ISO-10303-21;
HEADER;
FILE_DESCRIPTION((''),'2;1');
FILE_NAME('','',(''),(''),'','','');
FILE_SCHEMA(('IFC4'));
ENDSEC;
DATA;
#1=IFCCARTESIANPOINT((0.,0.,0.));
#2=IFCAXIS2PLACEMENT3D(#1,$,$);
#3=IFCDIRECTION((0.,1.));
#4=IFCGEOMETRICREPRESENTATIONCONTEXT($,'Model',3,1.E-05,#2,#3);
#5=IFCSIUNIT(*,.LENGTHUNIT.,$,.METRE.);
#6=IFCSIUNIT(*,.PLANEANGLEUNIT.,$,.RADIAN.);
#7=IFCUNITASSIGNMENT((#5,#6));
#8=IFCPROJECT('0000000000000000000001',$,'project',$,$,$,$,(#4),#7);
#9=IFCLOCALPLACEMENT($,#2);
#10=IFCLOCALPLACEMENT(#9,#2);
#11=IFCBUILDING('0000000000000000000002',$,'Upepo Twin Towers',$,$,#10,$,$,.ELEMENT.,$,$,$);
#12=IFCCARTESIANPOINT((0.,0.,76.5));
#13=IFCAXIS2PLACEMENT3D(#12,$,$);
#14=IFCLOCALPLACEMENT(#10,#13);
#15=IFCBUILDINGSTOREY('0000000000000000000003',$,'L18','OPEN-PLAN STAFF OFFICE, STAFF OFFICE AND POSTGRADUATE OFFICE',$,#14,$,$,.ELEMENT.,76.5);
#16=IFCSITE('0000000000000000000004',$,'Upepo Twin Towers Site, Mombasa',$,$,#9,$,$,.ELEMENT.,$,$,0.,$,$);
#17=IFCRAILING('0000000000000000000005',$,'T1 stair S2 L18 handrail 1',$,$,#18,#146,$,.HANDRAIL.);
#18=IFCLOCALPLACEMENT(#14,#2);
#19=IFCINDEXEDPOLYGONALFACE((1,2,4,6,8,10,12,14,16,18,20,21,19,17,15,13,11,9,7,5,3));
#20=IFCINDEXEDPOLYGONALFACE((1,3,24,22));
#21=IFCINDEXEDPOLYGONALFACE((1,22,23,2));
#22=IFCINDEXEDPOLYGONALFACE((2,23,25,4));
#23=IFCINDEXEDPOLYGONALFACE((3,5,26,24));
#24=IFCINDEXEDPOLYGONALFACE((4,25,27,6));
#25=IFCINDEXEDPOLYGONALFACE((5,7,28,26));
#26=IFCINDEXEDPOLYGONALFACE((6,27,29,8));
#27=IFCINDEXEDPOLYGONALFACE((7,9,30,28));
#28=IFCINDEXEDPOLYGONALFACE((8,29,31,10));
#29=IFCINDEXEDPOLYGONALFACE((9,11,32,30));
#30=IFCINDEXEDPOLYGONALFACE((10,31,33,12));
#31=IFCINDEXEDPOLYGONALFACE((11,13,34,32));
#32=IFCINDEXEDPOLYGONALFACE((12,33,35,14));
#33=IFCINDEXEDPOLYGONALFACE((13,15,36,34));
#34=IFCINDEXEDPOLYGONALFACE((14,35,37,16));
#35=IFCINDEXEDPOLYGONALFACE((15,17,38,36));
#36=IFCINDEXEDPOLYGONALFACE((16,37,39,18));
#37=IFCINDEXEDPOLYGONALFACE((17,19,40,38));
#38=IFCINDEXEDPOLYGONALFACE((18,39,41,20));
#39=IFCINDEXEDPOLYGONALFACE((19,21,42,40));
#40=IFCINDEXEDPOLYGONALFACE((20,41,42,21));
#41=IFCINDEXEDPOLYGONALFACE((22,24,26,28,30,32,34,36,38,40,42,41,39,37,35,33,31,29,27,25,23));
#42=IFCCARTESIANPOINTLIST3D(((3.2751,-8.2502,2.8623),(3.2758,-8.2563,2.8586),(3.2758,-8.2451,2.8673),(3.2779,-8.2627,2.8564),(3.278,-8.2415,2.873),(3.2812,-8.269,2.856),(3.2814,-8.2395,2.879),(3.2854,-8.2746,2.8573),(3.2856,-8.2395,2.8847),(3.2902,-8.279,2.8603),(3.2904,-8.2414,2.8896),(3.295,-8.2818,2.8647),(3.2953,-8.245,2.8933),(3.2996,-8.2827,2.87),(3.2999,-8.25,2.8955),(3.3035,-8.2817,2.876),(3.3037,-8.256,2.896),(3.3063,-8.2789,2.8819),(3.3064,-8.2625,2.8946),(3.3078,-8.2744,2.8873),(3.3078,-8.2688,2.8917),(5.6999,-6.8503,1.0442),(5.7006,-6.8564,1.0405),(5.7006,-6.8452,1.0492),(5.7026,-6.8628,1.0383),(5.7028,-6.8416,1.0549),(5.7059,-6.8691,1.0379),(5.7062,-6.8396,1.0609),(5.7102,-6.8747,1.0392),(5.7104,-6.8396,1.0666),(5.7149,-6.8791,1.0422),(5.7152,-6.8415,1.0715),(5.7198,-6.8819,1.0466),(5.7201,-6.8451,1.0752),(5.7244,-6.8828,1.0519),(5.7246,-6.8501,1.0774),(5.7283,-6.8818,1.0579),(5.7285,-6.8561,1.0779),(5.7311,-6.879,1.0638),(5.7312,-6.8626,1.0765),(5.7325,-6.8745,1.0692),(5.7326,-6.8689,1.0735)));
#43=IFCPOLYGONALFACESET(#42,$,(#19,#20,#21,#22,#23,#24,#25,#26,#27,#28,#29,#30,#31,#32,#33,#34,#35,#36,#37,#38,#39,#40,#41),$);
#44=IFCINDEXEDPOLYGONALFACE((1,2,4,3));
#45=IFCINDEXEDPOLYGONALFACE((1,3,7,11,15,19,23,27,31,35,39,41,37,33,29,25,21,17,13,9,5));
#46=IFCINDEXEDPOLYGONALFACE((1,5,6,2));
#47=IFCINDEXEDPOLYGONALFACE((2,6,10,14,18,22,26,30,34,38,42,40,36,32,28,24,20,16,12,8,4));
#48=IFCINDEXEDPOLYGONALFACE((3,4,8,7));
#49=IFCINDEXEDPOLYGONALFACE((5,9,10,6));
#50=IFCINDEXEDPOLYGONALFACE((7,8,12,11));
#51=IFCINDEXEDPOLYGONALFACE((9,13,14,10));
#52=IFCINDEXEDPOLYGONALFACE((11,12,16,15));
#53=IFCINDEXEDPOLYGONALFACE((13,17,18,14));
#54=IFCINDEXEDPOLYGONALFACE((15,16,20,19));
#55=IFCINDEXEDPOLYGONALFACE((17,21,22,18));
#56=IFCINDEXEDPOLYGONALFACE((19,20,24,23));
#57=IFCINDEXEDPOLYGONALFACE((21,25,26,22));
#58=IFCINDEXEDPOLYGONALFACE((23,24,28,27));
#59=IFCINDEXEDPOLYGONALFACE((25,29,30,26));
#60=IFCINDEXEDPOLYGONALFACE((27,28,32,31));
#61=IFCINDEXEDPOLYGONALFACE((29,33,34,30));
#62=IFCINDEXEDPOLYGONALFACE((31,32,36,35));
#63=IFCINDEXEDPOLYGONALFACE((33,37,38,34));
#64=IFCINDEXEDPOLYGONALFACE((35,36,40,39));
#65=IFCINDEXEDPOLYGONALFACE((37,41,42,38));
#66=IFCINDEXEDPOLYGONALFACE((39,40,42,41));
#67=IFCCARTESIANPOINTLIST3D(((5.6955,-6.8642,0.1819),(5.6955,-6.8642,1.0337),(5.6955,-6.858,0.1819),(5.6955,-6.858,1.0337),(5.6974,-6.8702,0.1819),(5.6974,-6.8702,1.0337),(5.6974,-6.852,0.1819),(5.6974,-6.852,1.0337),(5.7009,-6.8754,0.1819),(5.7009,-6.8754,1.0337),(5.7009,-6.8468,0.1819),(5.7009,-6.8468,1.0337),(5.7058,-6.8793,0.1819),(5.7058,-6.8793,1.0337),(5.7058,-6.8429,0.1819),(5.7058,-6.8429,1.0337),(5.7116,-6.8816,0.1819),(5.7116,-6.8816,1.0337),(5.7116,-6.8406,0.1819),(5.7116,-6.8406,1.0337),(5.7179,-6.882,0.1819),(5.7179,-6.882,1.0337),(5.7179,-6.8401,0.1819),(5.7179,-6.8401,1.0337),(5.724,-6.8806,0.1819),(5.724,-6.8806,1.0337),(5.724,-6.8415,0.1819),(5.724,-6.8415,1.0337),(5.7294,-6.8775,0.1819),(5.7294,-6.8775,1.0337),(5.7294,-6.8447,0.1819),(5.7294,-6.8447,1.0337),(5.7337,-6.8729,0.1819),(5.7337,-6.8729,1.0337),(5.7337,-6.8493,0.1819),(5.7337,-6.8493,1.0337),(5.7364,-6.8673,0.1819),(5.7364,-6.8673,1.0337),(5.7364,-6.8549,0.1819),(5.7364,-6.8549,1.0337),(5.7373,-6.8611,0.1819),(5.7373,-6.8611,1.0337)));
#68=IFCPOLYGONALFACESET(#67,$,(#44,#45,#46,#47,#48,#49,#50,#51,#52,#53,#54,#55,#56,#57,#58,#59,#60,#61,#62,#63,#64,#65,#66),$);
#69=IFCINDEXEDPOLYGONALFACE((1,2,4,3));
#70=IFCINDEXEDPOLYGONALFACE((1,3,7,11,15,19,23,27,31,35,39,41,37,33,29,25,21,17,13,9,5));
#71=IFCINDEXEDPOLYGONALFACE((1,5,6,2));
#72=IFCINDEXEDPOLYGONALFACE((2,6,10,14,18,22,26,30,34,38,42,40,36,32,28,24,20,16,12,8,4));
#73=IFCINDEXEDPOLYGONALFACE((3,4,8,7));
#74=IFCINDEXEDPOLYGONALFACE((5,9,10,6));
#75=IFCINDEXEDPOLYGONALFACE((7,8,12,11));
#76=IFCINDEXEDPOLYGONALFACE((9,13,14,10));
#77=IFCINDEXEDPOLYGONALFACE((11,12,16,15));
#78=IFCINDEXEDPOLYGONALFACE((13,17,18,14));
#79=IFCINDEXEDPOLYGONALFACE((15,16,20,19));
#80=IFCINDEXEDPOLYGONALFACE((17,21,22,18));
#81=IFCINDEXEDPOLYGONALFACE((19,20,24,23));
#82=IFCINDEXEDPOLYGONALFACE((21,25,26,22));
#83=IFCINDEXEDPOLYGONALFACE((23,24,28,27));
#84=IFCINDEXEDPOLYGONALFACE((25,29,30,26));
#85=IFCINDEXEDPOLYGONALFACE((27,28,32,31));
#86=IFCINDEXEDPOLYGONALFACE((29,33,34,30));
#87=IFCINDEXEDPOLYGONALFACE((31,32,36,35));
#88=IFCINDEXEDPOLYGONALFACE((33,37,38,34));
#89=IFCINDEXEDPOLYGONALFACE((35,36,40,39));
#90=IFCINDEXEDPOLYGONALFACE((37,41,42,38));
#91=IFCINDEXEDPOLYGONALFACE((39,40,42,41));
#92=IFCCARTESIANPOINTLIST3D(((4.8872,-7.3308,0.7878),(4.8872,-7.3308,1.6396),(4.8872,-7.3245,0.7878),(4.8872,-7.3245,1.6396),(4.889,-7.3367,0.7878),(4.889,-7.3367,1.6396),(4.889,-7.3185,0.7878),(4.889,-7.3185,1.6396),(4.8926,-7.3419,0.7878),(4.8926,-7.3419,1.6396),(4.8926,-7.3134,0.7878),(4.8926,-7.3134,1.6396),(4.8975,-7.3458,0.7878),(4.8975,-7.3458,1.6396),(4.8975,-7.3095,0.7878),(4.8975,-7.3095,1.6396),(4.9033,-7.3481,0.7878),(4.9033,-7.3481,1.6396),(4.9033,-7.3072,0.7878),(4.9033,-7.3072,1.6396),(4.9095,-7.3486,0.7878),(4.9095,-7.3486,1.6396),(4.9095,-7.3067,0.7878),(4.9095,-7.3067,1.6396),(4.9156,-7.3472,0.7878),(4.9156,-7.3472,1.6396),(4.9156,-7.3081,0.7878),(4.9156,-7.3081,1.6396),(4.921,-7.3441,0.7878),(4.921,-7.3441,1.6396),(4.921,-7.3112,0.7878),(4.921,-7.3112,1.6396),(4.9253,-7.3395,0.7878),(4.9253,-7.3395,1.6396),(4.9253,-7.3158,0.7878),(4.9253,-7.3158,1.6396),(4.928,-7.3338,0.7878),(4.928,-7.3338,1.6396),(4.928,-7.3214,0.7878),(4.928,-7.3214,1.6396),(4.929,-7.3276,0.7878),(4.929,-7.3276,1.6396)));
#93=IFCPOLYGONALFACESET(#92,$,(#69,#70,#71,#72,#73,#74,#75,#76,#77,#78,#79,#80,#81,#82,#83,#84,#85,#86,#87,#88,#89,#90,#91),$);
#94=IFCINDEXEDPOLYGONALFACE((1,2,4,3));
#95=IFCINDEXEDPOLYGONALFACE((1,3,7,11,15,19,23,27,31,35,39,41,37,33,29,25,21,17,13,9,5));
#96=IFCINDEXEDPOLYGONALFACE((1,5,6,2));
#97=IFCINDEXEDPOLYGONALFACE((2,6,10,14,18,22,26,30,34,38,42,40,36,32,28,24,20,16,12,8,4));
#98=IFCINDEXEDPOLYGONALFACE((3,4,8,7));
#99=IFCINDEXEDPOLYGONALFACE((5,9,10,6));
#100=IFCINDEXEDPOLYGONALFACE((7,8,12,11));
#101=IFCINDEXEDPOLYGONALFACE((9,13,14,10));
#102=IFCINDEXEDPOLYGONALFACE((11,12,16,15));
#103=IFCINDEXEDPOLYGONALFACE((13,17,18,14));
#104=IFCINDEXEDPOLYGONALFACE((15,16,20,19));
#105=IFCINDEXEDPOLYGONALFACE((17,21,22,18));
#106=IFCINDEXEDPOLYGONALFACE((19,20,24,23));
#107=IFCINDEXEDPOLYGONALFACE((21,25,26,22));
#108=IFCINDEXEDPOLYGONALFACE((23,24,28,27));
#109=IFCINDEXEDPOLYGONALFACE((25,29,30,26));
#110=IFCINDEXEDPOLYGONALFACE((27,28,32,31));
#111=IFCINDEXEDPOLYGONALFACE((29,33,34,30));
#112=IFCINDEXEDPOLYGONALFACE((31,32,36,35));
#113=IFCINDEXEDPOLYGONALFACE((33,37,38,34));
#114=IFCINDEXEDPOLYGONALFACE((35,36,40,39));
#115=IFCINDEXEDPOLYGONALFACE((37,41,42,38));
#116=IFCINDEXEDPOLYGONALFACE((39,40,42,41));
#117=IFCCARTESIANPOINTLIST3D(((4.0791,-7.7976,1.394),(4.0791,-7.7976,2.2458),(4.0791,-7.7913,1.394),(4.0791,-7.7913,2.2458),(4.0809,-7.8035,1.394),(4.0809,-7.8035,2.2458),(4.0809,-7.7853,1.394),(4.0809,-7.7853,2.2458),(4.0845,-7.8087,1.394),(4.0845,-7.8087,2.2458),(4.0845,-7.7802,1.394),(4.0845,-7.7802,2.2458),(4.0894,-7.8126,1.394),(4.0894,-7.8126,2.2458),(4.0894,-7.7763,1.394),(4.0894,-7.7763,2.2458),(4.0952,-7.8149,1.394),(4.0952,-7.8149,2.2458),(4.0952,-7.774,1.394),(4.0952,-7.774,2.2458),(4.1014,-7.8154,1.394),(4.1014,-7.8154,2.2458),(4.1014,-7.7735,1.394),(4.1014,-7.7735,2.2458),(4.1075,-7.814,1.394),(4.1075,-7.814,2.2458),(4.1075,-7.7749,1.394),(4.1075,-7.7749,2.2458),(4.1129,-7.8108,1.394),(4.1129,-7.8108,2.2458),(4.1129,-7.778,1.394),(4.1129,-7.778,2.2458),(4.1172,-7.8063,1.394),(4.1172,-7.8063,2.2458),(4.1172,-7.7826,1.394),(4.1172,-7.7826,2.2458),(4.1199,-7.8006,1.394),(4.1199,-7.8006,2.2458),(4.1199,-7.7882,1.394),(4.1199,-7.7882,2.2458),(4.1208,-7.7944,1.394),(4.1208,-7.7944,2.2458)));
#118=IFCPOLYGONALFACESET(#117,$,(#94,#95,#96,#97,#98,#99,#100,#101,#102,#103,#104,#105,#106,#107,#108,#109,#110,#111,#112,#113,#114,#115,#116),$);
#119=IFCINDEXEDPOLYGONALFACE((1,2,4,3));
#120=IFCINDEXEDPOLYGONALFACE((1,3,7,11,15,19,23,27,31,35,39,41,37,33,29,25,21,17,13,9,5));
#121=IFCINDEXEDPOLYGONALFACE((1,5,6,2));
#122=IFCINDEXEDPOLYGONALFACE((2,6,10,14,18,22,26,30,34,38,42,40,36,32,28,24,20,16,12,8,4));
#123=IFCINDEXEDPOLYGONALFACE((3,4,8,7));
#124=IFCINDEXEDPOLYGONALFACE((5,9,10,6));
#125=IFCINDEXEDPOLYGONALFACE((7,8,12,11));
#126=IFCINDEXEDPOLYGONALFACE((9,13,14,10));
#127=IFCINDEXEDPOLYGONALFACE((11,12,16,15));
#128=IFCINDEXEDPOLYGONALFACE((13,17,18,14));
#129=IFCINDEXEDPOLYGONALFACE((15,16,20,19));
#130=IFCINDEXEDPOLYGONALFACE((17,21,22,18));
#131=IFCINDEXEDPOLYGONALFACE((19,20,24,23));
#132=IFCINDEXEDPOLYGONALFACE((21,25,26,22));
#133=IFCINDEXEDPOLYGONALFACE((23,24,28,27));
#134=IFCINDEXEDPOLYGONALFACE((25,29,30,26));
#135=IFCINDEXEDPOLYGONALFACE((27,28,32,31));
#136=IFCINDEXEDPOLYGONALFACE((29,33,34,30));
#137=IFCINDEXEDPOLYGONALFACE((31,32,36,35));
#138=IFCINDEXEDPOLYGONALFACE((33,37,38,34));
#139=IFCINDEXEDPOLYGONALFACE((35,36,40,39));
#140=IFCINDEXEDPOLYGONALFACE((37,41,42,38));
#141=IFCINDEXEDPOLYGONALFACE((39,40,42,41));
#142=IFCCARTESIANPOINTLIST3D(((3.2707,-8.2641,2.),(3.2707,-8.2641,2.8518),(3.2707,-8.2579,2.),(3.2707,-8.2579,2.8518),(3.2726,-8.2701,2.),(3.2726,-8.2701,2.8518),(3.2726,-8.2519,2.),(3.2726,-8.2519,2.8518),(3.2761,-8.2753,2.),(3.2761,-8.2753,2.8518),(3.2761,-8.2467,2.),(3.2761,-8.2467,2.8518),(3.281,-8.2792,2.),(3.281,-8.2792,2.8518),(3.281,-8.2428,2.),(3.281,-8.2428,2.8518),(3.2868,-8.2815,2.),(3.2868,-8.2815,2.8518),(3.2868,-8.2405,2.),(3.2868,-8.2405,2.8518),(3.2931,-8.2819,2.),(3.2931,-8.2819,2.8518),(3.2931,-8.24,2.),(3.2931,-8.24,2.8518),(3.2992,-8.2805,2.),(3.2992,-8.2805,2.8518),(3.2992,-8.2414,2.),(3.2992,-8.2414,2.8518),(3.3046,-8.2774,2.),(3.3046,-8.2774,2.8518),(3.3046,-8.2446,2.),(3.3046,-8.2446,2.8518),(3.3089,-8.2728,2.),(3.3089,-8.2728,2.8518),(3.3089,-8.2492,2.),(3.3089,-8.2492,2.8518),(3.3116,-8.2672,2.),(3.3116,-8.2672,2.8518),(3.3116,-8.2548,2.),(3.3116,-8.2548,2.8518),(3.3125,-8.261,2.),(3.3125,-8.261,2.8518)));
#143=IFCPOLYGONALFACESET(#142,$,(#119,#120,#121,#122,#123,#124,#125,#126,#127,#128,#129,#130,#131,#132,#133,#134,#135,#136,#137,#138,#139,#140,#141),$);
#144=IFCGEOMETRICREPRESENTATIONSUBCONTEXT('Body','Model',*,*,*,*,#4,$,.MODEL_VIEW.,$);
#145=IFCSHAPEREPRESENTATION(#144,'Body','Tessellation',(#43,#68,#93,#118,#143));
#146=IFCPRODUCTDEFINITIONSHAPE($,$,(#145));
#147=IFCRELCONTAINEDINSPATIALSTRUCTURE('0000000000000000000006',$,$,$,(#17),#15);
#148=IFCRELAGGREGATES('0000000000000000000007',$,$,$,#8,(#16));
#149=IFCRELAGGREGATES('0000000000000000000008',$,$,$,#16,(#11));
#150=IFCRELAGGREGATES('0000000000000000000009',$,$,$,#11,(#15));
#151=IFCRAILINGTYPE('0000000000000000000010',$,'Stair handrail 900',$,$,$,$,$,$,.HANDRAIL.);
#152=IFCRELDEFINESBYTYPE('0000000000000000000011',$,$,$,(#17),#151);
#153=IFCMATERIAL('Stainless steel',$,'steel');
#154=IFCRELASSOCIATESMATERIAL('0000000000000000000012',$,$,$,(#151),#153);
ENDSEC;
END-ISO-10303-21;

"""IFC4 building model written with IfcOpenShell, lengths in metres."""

from ifc_helpers import new_model, si_unit, direction, frame, origin, origin_2d, place, context, subcontext, project, spatial, circle, extrude, material, type_object, element, save


model = new_model("IFC4")

# Units and contexts
model_context = context("Model", 3, precision=1e-05, world=origin(), true_north=direction((0.0, 1.0)))
body_context = subcontext(model_context, "Body", "Model", "MODEL_VIEW")
ifc_project = project(units=[si_unit("LENGTHUNIT", "METRE"), si_unit("PLANEANGLEUNIT", "RADIAN")], contexts=[model_context])

# Site, building, storey
site_placement = place(None, origin())
site = spatial("IfcSite", under=ifc_project, at=site_placement, Name="Upepo Twin Towers Site, Mombasa", CompositionType="ELEMENT", RefElevation=0.0)
building_placement = place(site_placement, origin())
building = spatial("IfcBuilding", under=site, at=building_placement, Name="Upepo Twin Towers", CompositionType="ELEMENT")
storey_placement = place(building_placement, frame((0.0, 0.0, 76.5)))
storey = spatial("IfcBuildingStorey", under=building, at=storey_placement, Name="L18", Description="OPEN-PLAN STAFF OFFICE, STAFF OFFICE AND POSTGRADUATE OFFICE", CompositionType="ELEMENT", Elevation=76.5)

# Railing
ifc_material_1 = material(Name="Stainless steel", Category="steel")
railing_type = type_object("IfcRailingType", Name="Stair handrail 900", PredefinedType="HANDRAIL", material=ifc_material_1)
railing_placement = place(storey_placement, frame((5.7163, -6.8611, 0.1819)))
element("IfcRailing", 1, at=railing_placement, inside=storey, type_object=railing_type, Name="T1 stair S2 L18 handrail 1", PredefinedType="HANDRAIL", context=body_context, shape_type="SweptSolid", body=[
    extrude(circle(Radius=0.0239, at=origin_2d()), frame((0.0, 0.0, 0.876), z_axis=(-0.726336, -0.419333, 0.544606), x_axis=(0.499984, -0.866035, 0.0)), (0.0, 0.0, 1.0), 3.3384),
    extrude(circle(Radius=0.021, at=origin_2d()), origin(), (0.0, 0.0, 1.0), 0.8518),
    extrude(circle(Radius=0.021, at=origin_2d()), frame((-0.8083, -0.4666, 0.606)), (0.0, 0.0, 1.0), 0.8518),
    extrude(circle(Radius=0.021, at=origin_2d()), frame((-1.6165, -0.9333, 1.2122)), (0.0, 0.0, 1.0), 0.8518),
    extrude(circle(Radius=0.021, at=origin_2d()), frame((-2.4248, -1.3999, 1.8181)), (0.0, 0.0, 1.0), 0.8518),
])

save(model, "model.ifc")
